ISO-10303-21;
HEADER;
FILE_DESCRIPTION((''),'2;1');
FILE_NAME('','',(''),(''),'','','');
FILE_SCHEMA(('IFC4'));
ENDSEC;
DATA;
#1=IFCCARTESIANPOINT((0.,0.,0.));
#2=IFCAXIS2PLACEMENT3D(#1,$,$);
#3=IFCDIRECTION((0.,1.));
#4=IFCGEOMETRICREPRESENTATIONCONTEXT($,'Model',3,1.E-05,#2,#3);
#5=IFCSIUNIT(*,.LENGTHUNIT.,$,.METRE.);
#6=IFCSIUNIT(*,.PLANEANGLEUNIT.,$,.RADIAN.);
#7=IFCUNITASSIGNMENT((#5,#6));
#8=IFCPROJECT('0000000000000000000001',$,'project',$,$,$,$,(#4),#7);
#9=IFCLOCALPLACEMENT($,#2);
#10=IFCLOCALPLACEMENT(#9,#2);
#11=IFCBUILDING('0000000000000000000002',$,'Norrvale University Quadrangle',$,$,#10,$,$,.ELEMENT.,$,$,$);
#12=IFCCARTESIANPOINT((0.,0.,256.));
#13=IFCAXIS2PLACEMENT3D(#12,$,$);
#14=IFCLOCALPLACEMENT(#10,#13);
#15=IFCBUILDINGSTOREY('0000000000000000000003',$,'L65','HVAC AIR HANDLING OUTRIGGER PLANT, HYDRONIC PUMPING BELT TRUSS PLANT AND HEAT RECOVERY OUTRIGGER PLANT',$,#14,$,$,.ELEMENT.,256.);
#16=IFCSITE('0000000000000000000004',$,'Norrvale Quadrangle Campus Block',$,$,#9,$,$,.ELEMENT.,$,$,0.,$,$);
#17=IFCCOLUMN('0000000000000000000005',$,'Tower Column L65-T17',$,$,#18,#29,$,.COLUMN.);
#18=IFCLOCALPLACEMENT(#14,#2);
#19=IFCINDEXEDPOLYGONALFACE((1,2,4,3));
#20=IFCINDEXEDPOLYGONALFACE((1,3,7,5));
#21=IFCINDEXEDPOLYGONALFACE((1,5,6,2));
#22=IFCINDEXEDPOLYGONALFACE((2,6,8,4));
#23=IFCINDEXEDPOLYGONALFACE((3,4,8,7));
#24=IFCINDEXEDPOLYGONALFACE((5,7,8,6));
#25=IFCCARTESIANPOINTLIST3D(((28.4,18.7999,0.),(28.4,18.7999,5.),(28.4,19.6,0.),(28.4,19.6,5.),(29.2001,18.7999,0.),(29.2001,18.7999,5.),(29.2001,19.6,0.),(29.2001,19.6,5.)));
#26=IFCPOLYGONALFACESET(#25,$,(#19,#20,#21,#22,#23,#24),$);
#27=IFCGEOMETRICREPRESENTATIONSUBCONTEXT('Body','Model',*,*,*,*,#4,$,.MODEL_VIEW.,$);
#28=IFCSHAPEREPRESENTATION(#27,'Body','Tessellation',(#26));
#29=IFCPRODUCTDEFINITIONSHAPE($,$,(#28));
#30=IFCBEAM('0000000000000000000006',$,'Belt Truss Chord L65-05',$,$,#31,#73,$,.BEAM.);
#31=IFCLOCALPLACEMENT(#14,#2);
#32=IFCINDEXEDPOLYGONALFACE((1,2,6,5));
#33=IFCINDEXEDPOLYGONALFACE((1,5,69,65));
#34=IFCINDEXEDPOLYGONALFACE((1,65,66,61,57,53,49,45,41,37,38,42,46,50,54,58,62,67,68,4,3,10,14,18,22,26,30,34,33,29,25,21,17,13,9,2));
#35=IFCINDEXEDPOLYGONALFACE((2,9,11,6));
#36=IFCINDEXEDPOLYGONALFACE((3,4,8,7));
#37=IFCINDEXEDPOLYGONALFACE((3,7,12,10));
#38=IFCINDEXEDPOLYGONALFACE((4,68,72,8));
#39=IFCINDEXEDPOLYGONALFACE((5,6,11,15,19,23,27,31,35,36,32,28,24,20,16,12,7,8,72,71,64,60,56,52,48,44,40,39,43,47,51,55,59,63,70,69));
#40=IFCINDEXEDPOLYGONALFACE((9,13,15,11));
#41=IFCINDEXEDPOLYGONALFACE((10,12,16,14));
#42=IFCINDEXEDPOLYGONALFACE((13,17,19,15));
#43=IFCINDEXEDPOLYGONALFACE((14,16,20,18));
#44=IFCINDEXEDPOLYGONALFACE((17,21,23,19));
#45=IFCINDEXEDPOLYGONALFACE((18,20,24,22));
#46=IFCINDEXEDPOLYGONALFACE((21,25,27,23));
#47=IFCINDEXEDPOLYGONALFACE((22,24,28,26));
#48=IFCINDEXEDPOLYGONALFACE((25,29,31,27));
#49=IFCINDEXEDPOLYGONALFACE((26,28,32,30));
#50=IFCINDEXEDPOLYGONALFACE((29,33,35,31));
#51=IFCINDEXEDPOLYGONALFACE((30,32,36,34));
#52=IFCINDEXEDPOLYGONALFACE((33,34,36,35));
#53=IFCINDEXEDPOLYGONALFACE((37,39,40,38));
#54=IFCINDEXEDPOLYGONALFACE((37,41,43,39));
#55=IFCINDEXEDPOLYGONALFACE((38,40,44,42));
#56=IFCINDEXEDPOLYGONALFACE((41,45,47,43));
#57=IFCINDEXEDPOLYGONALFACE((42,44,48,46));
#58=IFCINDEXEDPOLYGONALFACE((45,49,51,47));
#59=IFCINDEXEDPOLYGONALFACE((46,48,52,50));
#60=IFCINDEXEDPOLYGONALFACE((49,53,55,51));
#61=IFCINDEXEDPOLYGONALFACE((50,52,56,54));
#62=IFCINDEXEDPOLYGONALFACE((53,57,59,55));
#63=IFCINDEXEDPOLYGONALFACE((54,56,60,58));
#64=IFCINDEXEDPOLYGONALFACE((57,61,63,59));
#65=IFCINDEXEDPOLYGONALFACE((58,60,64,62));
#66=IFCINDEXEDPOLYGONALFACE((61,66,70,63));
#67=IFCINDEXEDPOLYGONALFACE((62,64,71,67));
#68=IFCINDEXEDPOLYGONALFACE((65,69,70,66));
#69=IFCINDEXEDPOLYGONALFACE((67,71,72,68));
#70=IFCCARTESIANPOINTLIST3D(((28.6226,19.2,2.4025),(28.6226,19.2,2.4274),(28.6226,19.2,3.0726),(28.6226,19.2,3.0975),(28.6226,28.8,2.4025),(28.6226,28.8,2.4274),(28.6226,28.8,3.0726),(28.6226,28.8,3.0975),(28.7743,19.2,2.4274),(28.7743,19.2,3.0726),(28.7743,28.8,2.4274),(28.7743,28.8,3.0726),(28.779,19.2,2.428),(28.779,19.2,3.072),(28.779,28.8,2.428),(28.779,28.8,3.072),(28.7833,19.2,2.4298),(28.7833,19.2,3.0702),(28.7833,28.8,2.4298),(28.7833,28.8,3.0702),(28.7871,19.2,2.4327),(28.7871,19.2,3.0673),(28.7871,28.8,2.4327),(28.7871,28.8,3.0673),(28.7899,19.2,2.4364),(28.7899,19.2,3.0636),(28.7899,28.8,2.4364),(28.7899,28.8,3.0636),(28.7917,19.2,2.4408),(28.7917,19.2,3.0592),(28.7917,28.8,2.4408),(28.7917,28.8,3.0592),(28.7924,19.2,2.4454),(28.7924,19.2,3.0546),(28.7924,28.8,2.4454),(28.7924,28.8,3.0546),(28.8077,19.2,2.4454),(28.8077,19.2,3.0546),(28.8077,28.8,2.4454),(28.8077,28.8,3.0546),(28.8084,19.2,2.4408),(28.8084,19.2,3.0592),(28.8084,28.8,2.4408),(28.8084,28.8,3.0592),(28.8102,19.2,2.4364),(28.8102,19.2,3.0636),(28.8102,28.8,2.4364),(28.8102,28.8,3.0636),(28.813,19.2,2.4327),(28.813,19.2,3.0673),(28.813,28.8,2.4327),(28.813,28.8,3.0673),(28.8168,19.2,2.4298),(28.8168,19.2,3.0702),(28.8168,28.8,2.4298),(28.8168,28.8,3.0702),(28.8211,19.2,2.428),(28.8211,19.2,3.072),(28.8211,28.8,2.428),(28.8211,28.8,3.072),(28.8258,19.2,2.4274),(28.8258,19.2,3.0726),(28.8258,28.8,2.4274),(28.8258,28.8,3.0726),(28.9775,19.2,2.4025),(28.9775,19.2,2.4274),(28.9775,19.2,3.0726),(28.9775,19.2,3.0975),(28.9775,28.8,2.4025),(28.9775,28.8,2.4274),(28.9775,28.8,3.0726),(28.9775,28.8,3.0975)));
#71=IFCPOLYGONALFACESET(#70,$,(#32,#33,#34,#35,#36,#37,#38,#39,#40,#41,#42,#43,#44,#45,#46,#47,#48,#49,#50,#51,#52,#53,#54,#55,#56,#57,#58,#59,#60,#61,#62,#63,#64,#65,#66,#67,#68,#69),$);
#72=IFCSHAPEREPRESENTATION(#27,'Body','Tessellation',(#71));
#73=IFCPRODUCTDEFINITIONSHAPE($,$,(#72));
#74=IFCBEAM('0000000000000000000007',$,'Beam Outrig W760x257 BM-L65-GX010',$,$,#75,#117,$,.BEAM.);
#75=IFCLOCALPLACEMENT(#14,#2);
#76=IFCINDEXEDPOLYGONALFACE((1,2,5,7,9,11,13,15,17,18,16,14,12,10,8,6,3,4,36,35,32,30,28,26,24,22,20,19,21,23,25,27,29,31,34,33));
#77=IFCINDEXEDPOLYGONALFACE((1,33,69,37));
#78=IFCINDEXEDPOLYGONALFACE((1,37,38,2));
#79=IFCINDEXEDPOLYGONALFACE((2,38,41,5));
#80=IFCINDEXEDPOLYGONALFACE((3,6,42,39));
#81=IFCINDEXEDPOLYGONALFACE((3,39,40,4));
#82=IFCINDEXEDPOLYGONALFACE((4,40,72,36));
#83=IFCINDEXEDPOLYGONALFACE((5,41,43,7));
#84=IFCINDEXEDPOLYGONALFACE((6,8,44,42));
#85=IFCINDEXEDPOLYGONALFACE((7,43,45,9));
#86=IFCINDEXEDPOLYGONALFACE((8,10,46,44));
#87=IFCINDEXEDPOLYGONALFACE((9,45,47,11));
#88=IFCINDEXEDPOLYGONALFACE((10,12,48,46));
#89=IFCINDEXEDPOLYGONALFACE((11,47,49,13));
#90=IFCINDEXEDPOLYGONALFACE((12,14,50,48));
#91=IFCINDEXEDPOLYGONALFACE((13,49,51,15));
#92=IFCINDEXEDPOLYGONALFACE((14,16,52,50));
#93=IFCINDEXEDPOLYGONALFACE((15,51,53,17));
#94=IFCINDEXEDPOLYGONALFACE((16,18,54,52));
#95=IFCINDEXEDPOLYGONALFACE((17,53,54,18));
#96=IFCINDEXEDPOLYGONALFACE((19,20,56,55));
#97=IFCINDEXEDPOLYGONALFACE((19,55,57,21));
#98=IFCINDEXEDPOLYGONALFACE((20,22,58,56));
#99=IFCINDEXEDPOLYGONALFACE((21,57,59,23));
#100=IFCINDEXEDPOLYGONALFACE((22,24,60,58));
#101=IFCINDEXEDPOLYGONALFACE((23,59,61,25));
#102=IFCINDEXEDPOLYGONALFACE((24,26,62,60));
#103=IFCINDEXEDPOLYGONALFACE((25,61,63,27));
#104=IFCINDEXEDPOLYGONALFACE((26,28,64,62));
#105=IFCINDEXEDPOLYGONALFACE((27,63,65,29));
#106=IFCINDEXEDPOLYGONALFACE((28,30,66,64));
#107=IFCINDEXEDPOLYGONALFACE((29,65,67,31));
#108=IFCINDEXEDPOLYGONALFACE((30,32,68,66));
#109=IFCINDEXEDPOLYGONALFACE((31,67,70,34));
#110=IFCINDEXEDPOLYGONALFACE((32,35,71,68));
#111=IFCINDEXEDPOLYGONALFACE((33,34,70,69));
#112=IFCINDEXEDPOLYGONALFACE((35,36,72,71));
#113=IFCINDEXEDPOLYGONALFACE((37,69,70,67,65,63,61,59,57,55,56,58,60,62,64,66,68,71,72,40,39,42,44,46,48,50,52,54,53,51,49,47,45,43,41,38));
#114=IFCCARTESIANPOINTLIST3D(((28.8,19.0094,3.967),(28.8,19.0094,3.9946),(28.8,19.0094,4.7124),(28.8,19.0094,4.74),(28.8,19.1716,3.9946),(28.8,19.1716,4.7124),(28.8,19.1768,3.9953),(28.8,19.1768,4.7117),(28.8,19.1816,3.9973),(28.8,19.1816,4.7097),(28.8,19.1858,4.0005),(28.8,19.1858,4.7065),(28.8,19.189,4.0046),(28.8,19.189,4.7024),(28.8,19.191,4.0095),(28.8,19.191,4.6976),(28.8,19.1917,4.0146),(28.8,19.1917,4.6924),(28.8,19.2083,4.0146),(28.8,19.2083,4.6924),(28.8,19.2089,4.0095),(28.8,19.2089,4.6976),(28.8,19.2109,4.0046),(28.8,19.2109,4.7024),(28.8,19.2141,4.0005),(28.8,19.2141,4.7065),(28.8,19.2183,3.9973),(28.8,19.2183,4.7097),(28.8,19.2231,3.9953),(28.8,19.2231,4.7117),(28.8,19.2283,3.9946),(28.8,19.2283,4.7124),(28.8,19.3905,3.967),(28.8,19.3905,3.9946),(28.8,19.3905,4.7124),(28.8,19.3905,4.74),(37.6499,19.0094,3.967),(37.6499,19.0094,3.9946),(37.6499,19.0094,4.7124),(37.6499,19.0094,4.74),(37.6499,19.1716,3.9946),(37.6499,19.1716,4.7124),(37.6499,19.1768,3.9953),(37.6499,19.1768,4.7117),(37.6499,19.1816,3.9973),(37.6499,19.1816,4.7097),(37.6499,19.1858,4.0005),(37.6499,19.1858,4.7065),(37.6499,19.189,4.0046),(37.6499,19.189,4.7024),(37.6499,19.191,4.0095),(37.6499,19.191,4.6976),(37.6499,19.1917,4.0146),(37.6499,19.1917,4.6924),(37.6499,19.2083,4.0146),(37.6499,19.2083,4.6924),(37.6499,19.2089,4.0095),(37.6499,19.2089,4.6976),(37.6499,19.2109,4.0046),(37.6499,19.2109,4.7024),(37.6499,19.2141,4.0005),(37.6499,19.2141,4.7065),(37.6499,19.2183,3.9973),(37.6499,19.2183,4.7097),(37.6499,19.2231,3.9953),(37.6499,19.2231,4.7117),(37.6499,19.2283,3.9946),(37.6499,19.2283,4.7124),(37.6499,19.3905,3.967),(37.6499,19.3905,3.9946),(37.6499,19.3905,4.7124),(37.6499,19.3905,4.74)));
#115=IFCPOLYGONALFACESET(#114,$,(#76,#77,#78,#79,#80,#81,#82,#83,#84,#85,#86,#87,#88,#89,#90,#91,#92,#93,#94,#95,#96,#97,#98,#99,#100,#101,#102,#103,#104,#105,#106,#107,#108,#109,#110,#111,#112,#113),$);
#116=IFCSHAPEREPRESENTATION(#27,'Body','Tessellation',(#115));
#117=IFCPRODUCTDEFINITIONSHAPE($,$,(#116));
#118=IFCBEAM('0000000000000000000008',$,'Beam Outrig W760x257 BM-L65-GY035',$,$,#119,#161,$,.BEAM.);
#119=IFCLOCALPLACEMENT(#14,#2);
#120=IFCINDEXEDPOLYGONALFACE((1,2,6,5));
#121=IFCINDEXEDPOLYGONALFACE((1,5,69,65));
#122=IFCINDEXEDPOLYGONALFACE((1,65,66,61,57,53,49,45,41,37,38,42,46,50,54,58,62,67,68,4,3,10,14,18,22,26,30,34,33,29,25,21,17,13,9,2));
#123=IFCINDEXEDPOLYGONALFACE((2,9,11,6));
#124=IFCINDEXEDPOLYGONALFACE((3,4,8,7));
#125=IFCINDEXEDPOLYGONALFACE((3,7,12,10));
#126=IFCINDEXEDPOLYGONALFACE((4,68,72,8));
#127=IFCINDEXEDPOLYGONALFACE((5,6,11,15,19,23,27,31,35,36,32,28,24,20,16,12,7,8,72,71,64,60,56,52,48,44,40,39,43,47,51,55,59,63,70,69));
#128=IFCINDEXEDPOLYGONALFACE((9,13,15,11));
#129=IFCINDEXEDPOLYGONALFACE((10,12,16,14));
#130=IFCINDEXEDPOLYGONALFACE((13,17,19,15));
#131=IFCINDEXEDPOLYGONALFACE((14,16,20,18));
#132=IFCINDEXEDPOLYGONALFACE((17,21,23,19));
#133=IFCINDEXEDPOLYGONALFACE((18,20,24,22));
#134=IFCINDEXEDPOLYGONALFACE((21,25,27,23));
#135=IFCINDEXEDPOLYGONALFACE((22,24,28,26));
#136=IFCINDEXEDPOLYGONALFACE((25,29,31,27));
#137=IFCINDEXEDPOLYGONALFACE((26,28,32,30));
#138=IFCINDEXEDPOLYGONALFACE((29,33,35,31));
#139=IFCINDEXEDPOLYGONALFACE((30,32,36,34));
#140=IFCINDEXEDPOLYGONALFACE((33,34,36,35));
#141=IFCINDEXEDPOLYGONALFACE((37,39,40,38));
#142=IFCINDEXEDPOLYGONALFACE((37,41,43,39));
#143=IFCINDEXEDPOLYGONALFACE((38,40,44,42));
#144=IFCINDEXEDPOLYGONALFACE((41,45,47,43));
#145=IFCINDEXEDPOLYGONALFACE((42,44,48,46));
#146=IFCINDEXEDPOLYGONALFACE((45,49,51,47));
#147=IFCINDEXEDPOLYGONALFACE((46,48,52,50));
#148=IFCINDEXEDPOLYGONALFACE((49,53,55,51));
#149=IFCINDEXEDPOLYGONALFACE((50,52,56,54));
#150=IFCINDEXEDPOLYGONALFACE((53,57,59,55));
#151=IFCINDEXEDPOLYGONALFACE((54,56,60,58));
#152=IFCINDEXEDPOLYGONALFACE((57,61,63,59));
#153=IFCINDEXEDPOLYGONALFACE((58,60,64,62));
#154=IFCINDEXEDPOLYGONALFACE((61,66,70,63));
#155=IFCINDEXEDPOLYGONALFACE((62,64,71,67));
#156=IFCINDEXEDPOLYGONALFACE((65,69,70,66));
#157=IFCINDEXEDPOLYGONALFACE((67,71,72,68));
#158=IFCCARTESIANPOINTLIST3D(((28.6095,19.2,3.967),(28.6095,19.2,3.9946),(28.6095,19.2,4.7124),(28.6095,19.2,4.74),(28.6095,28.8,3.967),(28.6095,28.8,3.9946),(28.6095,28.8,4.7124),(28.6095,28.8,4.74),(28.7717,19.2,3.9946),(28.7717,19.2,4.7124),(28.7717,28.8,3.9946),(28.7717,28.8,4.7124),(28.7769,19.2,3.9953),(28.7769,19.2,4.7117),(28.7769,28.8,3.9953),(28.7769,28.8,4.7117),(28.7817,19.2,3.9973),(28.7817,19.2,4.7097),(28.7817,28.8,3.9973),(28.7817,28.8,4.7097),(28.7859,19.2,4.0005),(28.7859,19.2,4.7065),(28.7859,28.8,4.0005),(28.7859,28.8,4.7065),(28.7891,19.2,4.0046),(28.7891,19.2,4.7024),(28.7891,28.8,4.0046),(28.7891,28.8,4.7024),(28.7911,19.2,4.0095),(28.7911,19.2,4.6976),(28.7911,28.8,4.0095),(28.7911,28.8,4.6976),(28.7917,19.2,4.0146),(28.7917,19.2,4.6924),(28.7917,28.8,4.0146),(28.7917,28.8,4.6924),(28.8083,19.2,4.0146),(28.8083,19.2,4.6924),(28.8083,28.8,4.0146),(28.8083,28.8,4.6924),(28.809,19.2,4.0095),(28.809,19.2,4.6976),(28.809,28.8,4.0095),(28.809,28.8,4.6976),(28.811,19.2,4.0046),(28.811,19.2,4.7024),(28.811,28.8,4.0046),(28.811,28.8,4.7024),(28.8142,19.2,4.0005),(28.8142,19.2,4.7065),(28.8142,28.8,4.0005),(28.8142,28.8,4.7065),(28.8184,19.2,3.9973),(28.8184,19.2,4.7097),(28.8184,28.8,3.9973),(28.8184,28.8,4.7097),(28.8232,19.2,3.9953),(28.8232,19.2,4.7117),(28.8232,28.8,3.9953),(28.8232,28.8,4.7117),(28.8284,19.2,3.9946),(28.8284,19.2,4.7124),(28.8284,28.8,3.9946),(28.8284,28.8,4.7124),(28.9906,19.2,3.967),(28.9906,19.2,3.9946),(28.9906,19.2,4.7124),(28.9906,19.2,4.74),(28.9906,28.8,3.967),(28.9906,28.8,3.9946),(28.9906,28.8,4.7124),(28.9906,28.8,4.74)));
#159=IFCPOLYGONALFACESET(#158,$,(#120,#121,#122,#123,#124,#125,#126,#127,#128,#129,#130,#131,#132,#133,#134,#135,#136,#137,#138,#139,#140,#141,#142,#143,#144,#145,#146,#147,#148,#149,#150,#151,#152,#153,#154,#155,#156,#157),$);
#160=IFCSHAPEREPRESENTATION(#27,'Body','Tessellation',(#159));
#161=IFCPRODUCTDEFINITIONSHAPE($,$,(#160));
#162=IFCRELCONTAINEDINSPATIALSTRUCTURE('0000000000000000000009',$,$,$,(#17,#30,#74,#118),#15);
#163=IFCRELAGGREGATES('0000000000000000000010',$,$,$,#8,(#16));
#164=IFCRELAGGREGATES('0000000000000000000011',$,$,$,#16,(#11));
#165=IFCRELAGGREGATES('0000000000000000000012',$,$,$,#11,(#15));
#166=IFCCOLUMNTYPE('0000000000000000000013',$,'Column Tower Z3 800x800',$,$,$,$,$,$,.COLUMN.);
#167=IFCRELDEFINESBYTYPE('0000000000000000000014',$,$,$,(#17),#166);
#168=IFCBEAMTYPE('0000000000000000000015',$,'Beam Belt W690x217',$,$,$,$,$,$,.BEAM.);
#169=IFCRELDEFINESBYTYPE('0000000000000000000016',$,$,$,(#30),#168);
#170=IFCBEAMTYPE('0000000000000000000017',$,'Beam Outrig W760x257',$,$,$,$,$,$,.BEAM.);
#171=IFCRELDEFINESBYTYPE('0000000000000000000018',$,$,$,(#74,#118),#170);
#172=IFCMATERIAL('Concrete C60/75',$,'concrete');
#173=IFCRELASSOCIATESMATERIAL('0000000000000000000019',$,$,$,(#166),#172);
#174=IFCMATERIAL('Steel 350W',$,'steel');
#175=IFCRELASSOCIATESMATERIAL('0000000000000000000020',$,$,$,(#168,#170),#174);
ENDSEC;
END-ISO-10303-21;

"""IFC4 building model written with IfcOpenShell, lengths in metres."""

from ifc_helpers import new_model, si_unit, direction, frame, origin, origin_2d, place, context, subcontext, project, spatial, rectangle, i_section, extrude, material, material_profile, profile_set, type_object, element, save


model = new_model("IFC4")

# Units and contexts
model_context = context("Model", 3, precision=1e-05, world=origin(), true_north=direction((0.0, 1.0)))
body_context = subcontext(model_context, "Body", "Model", "MODEL_VIEW")
ifc_project = project(units=[si_unit("LENGTHUNIT", "METRE"), si_unit("PLANEANGLEUNIT", "RADIAN")], contexts=[model_context])

# Site, building, storey
site_placement = place(None, origin())
site = spatial("IfcSite", under=ifc_project, at=site_placement, Name="Norrvale Quadrangle Campus Block", CompositionType="ELEMENT", RefElevation=0.0)
building_placement = place(site_placement, origin())
building = spatial("IfcBuilding", under=site, at=building_placement, Name="Norrvale University Quadrangle", CompositionType="ELEMENT")
storey_placement = place(building_placement, frame((0.0, 0.0, 256.0)))
storey = spatial("IfcBuildingStorey", under=building, at=storey_placement, Name="L65", Description="HVAC AIR HANDLING OUTRIGGER PLANT, HYDRONIC PUMPING BELT TRUSS PLANT AND HEAT RECOVERY OUTRIGGER PLANT", CompositionType="ELEMENT", Elevation=256.0)

# Column
ifc_material_1 = material(Name="Concrete C60/75", Category="concrete")
ifc_material_profile_1 = material_profile(ifc_material_1, rectangle(XDim=0.8, YDim=0.8, at=origin_2d()), Name="Concrete C60/75")
ifc_profile_set_1 = profile_set([ifc_material_profile_1], Name="Concrete C60/75")
column_type = type_object("IfcColumnType", Name="Column Tower Z3 800x800", PredefinedType="COLUMN", material=ifc_profile_set_1)
column_placement = place(storey_placement, frame((28.8, 19.2, 0.0), z_axis=(0.0, 0.0, 1.0), x_axis=(1.0, 0.0, 0.0)))
element("IfcColumn", 1, at=column_placement, inside=storey, type_object=column_type, Name="Tower Column L65-T17", PredefinedType="COLUMN", context=body_context, shape_type="SweptSolid", body=[
    extrude(rectangle(XDim=0.8, YDim=0.8, at=origin_2d()), origin(), (0.0, 0.0, 1.0), 5.0),
])

# Beams
ifc_material_2 = material(Name="Steel 350W", Category="steel")
ifc_material_profile_2 = material_profile(ifc_material_2, i_section(OverallWidth=0.355, OverallDepth=0.6951, WebThickness=0.0154, FlangeThickness=0.0249, FilletRadius=0.0181, at=origin_2d()), Name="Steel 350W")
ifc_profile_set_2 = profile_set([ifc_material_profile_2], Name="Steel 350W")
beam_type_1 = type_object("IfcBeamType", Name="Beam Belt W690x217", PredefinedType="BEAM", material=ifc_profile_set_2)
beam_1_placement = place(storey_placement, frame((28.8, 19.2, 2.75), z_axis=(0.0, 1.0, 0.0), x_axis=(-1.0, 0.0, 0.0)))
element("IfcBeam", 2, at=beam_1_placement, inside=storey, type_object=beam_type_1, Name="Belt Truss Chord L65-05", PredefinedType="BEAM", context=body_context, shape_type="SweptSolid", body=[
    extrude(i_section(OverallWidth=0.355, OverallDepth=0.6951, WebThickness=0.0154, FlangeThickness=0.0249, FilletRadius=0.0181, at=origin_2d()), origin(), (0.0, 0.0, 1.0), 9.6001),
])
ifc_material_profile_3 = material_profile(ifc_material_2, i_section(OverallWidth=0.3811, OverallDepth=0.7729, WebThickness=0.0166, FlangeThickness=0.0276, FilletRadius=0.02, at=origin_2d()), Name="Steel 350W")
ifc_profile_set_3 = profile_set([ifc_material_profile_3], Name="Steel 350W")
beam_type_2 = type_object("IfcBeamType", Name="Beam Outrig W760x257", PredefinedType="BEAM", material=ifc_profile_set_3)
beam_2_placement = place(storey_placement, frame((28.8, 19.2, 4.3535), z_axis=(1.0, 0.0, 0.0), x_axis=(0.0, 1.0, 0.0)))
element("IfcBeam", 3, at=beam_2_placement, inside=storey, type_object=beam_type_2, Name="Beam Outrig W760x257 BM-L65-GX010", PredefinedType="BEAM", context=body_context, shape_type="SweptSolid", body=[
    extrude(i_section(OverallWidth=0.3811, OverallDepth=0.7729, WebThickness=0.0166, FlangeThickness=0.0276, FilletRadius=0.02, at=origin_2d()), origin(), (0.0, 0.0, 1.0), 8.8499),
])
beam_3_placement = place(storey_placement, frame((28.8, 19.2, 4.3535), z_axis=(0.0, 1.0, 0.0), x_axis=(-1.0, 0.0, 0.0)))
element("IfcBeam", 4, at=beam_3_placement, inside=storey, type_object=beam_type_2, Name="Beam Outrig W760x257 BM-L65-GY035", PredefinedType="BEAM", context=body_context, shape_type="SweptSolid", body=[
    extrude(i_section(OverallWidth=0.3811, OverallDepth=0.7729, WebThickness=0.0166, FlangeThickness=0.0276, FilletRadius=0.02, at=origin_2d()), origin(), (0.0, 0.0, 1.0), 9.6001),
])

save(model, "model.ifc")
